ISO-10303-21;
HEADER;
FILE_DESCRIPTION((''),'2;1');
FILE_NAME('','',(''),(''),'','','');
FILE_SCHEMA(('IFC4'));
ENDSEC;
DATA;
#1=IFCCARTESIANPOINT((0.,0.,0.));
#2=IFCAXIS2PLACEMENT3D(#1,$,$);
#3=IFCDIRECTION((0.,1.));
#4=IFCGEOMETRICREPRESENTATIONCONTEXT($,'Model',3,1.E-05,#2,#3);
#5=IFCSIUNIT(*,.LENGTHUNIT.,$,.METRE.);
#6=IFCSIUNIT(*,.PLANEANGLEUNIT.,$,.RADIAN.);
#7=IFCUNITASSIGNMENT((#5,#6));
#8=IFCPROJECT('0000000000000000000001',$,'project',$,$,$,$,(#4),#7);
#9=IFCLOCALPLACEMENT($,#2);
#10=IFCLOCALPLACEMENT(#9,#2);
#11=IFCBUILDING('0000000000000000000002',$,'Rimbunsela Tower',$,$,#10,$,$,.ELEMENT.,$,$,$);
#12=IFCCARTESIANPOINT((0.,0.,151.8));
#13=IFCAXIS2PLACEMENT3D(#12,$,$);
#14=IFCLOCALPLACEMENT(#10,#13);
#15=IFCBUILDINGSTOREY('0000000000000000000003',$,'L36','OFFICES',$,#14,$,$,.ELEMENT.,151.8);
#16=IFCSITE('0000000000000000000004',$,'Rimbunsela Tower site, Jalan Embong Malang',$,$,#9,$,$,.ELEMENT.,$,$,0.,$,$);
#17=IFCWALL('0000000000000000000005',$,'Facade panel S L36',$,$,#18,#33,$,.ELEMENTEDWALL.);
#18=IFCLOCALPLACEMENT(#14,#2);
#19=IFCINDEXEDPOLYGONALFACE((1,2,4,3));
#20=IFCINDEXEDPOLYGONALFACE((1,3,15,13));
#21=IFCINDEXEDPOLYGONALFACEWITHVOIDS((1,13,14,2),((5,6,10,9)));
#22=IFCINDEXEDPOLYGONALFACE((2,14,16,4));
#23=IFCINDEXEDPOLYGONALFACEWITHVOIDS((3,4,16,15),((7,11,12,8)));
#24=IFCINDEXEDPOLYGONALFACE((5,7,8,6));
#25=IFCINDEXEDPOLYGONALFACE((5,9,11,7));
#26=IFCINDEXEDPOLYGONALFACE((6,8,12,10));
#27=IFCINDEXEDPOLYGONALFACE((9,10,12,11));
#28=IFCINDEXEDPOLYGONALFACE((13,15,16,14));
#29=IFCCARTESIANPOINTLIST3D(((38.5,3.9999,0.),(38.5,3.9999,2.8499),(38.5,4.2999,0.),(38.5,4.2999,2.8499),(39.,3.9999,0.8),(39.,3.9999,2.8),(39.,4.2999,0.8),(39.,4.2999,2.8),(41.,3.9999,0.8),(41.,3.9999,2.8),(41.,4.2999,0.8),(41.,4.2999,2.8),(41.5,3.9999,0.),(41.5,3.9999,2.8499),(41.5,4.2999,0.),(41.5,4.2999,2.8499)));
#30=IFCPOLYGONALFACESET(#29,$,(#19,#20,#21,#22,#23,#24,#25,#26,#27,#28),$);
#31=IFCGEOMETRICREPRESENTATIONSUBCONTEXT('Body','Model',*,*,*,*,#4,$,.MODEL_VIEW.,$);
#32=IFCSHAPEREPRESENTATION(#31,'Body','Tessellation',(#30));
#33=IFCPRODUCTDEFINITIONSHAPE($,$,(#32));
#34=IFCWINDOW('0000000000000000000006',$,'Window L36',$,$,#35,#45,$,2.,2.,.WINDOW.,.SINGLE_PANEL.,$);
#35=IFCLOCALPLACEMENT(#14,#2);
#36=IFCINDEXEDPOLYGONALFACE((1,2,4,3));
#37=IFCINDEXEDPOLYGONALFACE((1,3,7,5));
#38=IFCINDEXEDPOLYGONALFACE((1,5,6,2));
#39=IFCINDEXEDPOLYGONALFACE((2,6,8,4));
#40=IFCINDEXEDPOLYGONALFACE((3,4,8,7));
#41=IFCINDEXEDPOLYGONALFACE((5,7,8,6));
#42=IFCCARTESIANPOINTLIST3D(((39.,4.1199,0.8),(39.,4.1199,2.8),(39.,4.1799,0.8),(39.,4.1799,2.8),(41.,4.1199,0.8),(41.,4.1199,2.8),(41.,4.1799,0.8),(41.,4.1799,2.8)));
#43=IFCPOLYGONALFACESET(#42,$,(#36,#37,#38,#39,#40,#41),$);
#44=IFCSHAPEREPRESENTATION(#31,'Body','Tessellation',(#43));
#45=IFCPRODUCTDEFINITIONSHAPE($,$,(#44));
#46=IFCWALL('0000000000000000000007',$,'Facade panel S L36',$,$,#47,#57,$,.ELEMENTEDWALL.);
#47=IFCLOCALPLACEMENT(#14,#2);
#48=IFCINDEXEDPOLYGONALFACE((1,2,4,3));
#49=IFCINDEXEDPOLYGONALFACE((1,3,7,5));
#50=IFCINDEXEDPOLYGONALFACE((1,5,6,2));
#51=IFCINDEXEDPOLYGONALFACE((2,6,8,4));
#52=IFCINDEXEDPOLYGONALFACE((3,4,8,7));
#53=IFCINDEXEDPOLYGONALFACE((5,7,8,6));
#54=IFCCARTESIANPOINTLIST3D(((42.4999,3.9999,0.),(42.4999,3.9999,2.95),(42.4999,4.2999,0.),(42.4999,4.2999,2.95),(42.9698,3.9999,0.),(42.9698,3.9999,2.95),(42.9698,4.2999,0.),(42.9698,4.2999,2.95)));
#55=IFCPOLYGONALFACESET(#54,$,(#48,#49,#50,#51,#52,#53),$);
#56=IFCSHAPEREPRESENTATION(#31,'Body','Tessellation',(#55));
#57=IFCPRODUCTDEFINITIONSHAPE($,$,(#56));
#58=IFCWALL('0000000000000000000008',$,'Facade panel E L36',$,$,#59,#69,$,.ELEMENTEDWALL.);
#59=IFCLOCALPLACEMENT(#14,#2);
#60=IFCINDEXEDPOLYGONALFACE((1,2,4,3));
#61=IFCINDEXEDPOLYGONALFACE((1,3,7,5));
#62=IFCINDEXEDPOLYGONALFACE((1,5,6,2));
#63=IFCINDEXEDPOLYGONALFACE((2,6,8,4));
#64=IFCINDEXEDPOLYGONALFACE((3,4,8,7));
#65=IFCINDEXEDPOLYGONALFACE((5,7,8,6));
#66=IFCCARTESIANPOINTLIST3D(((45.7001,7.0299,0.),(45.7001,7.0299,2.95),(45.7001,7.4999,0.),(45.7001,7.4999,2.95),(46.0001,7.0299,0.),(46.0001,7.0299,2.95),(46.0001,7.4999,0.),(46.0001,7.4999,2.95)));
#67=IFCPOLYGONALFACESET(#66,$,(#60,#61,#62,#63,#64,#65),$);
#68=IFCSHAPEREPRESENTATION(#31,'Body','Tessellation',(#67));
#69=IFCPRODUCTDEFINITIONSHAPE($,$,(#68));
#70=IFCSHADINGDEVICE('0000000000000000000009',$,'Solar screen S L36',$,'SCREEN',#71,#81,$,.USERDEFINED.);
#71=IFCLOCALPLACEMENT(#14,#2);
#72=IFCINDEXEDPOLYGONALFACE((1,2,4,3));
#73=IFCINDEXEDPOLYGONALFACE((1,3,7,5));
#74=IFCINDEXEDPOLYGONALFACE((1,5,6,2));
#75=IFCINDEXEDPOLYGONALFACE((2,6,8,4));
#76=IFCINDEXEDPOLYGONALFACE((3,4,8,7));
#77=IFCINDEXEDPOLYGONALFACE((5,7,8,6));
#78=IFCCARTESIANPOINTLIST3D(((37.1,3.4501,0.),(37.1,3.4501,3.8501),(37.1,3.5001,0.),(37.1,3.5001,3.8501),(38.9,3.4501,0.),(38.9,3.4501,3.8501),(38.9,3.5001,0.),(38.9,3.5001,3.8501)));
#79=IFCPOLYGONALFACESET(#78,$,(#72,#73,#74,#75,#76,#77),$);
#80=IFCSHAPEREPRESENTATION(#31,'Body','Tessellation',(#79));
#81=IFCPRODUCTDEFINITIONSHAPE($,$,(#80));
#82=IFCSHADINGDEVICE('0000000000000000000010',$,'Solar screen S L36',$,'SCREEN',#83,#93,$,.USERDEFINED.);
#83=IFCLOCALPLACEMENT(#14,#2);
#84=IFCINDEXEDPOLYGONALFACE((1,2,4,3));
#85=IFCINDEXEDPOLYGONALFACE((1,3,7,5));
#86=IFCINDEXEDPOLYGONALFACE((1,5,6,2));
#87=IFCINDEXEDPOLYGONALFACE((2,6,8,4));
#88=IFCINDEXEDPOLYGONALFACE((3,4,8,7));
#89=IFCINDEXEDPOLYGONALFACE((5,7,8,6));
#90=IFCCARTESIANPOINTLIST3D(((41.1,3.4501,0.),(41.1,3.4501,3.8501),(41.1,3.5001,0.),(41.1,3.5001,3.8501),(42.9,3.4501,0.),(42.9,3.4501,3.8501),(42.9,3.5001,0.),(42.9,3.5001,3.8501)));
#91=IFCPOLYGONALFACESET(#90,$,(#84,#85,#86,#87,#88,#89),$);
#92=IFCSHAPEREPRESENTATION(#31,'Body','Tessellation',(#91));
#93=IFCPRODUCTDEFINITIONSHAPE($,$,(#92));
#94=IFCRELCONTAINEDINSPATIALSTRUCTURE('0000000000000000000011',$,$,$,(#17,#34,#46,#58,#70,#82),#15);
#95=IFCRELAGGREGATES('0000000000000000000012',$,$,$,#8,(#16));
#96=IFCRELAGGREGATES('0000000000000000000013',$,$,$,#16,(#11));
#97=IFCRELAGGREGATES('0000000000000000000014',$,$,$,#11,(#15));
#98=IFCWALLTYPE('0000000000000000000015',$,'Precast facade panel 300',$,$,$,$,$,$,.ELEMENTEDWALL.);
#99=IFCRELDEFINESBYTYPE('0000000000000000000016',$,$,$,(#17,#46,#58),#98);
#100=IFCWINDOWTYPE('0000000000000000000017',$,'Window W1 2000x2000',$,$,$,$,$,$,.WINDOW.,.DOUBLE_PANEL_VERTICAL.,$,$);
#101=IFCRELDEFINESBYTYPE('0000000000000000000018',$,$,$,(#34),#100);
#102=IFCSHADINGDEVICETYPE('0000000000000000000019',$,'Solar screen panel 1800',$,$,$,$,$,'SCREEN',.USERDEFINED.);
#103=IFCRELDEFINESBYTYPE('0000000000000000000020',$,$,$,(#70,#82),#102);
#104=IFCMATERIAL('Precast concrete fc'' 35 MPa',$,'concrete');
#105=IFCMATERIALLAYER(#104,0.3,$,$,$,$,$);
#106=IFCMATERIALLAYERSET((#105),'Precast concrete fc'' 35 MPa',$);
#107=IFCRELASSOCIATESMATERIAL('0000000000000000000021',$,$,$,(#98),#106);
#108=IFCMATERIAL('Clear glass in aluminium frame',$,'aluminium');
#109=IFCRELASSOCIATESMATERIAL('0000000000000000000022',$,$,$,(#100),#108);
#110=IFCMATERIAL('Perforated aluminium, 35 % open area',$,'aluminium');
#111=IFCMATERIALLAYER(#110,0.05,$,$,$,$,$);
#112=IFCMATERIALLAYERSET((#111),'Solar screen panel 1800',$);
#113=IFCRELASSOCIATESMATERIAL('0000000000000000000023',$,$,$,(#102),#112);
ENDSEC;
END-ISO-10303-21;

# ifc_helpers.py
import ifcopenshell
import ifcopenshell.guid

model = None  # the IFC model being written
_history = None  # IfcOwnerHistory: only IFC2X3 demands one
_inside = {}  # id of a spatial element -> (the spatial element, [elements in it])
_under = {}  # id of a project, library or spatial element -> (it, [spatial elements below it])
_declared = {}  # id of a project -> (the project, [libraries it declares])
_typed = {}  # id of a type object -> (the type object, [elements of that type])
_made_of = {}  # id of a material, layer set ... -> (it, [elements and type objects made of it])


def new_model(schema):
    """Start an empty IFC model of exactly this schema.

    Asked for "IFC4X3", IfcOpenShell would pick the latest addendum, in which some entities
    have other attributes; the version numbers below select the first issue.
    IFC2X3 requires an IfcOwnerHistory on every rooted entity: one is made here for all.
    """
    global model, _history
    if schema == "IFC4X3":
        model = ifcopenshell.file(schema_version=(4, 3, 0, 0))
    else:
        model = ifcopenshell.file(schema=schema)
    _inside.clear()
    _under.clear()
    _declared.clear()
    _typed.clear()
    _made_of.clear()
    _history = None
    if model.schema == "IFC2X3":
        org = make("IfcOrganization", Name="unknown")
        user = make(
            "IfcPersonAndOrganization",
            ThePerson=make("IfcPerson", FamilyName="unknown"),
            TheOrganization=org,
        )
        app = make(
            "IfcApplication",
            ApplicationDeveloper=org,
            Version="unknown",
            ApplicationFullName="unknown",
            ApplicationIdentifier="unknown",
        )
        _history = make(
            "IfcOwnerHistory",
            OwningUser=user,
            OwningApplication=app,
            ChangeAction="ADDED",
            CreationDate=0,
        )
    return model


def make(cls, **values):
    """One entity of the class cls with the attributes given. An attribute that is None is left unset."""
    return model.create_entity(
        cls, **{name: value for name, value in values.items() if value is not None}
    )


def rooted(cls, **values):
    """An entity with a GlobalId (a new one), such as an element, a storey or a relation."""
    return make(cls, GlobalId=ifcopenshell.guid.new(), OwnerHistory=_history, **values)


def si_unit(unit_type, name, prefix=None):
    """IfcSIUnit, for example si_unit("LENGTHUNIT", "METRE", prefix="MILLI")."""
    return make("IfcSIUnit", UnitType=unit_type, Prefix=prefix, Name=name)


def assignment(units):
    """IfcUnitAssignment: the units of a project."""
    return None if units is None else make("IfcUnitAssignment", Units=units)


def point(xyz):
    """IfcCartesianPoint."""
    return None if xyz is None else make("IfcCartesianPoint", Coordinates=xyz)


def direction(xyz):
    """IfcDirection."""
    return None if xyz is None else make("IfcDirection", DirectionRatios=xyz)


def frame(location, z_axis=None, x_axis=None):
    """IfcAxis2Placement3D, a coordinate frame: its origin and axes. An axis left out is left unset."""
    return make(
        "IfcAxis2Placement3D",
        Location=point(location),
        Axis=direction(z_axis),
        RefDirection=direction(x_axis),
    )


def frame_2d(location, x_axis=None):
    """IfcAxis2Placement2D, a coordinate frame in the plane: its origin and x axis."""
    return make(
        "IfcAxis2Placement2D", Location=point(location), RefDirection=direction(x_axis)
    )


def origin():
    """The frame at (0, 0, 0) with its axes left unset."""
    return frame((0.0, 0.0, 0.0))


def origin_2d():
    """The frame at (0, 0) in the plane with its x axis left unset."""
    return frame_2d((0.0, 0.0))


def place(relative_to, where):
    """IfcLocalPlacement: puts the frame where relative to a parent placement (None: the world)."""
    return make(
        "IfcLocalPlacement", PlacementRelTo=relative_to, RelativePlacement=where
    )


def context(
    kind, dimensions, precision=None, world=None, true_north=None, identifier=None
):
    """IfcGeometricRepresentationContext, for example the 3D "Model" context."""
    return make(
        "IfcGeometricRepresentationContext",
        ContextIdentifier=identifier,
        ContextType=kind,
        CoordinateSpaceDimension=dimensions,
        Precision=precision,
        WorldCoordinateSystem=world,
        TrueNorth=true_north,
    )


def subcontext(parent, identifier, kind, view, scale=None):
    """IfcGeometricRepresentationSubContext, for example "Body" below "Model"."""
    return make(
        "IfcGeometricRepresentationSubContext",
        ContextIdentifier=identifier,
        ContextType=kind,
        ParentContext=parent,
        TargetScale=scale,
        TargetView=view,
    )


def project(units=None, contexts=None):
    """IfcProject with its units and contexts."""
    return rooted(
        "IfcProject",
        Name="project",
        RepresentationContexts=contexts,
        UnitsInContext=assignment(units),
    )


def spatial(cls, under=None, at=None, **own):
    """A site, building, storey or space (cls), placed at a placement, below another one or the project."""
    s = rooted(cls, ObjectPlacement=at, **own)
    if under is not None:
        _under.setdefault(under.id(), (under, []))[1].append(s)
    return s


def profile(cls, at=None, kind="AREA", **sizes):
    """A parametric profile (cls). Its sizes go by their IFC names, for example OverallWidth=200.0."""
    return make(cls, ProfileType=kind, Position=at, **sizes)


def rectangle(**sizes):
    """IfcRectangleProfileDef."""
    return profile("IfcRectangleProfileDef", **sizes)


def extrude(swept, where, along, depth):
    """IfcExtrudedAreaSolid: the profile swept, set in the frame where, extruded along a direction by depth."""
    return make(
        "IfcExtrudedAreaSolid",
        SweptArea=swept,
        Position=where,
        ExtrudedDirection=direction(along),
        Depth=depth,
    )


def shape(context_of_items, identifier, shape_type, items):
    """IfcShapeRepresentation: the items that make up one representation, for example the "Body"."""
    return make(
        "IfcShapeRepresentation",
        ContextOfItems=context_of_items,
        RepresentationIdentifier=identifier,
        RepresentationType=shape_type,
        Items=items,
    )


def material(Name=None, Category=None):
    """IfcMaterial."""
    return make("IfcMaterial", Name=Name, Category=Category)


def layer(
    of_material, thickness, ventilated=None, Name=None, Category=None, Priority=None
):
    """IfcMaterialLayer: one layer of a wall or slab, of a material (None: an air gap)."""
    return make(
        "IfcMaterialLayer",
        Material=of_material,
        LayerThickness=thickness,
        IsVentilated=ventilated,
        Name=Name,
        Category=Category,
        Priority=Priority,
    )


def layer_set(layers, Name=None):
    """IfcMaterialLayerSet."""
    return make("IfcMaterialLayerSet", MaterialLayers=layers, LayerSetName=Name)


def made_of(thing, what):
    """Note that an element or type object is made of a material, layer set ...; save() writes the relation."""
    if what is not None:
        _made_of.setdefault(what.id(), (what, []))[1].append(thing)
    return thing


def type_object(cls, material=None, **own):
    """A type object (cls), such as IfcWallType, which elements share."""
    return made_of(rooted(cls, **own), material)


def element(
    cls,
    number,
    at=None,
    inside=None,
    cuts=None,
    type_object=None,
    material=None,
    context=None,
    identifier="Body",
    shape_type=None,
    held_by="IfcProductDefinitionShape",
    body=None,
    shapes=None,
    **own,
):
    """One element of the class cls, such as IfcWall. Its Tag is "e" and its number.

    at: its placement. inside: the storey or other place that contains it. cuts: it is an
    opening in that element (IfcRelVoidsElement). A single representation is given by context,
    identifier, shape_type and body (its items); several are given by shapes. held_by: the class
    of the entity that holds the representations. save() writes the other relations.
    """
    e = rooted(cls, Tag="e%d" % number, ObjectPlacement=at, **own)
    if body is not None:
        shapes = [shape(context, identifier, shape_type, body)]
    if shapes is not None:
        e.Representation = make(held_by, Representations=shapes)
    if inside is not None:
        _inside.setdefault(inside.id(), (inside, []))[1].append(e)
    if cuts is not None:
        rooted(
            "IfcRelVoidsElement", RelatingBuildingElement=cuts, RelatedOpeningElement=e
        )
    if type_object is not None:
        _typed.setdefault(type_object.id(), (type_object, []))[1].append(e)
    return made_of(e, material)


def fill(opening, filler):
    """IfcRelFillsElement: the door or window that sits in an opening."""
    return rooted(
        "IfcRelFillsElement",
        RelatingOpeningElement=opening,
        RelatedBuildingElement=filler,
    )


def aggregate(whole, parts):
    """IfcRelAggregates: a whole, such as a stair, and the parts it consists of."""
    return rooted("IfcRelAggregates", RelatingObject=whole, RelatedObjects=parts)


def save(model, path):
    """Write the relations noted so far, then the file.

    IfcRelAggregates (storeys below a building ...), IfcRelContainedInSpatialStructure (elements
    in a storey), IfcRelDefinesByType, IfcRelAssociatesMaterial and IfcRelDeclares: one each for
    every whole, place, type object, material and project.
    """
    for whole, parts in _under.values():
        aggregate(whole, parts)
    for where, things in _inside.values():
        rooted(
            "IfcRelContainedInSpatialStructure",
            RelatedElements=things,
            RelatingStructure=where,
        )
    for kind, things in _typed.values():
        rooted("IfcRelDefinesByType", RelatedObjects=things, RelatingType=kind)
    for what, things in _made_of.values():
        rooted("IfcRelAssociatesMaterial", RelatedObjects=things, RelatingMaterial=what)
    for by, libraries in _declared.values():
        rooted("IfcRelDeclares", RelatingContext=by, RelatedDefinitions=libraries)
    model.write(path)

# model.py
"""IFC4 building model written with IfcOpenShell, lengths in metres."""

from ifc_helpers import new_model, si_unit, direction, frame, frame_2d, origin, origin_2d, place, context, subcontext, project, spatial, rectangle, extrude, material, layer, layer_set, type_object, element, fill, save


model = new_model("IFC4")

# Units and contexts
model_context = context("Model", 3, precision=1e-05, world=origin(), true_north=direction((0.0, 1.0)))
body_context = subcontext(model_context, "Body", "Model", "MODEL_VIEW")
ifc_project = project(units=[si_unit("LENGTHUNIT", "METRE"), si_unit("PLANEANGLEUNIT", "RADIAN")], contexts=[model_context])

# Site, building, storey
site_placement = place(None, origin())
site = spatial("IfcSite", under=ifc_project, at=site_placement, Name="Rimbunsela Tower site, Jalan Embong Malang", CompositionType="ELEMENT", RefElevation=0.0)
building_placement = place(site_placement, origin())
building = spatial("IfcBuilding", under=site, at=building_placement, Name="Rimbunsela Tower", CompositionType="ELEMENT")
storey_placement = place(building_placement, frame((0.0, 0.0, 151.8)))
storey = spatial("IfcBuildingStorey", under=building, at=storey_placement, Name="L36", Description="OFFICES", CompositionType="ELEMENT", Elevation=151.8)

# Wall, opening, window
ifc_material_1 = material(Name="Precast concrete fc' 35 MPa", Category="concrete")
ifc_layer_1 = layer(ifc_material_1, 0.3)
ifc_layer_set_1 = layer_set([ifc_layer_1], Name="Precast concrete fc' 35 MPa")
wall_type = type_object("IfcWallType", Name="Precast facade panel 300", PredefinedType="ELEMENTEDWALL", material=ifc_layer_set_1)
wall_placement = place(storey_placement, frame((38.5, 4.1499, 0.0), z_axis=(0.0, 0.0, 1.0), x_axis=(1.0, 0.0, 0.0)))
wall = element("IfcWall", 1, at=wall_placement, inside=storey, type_object=wall_type, Name="Facade panel S L36", PredefinedType="ELEMENTEDWALL", context=body_context, shape_type="SweptSolid", body=[
    extrude(rectangle(XDim=3.0, YDim=0.3, at=frame_2d((1.5, 0.0))), origin(), (0.0, 0.0, 1.0), 2.8499),
])
opening_placement = place(wall_placement, frame((0.5, 0.0, 0.8)))
opening = element("IfcOpeningElement", 2, at=opening_placement, cuts=wall, PredefinedType="OPENING", context=body_context, shape_type="SweptSolid", body=[
    extrude(rectangle(XDim=2.0, YDim=2.0, at=frame_2d((1.0, 1.0))), frame((0.0, 0.1599, 0.0), z_axis=(0.0, -1.0, 0.0), x_axis=(1.0, 0.0, 0.0)), (0.0, 0.0, 1.0), 0.3201),
])
ifc_material_2 = material(Name="Clear glass in aluminium frame", Category="aluminium")
window_type = type_object("IfcWindowType", Name="Window W1 2000x2000", PartitioningType="DOUBLE_PANEL_VERTICAL", PredefinedType="WINDOW", material=ifc_material_2)
window_placement = place(opening_placement, origin())
window = element("IfcWindow", 3, at=window_placement, inside=storey, type_object=window_type, Name="Window L36", OverallHeight=2.0, OverallWidth=2.0, PartitioningType="SINGLE_PANEL", PredefinedType="WINDOW", context=body_context, shape_type="SweptSolid", body=[
    extrude(rectangle(XDim=2.0, YDim=2.0, at=frame_2d((1.0, 1.0))), frame((0.0, 0.03, 0.0), z_axis=(0.0, -1.0, 0.0), x_axis=(1.0, 0.0, 0.0)), (0.0, 0.0, 1.0), 0.0601),
])
fill(opening, window)

# Walls
for number, where, z_axis, x_axis, name in (
    (4, (42.5, 4.1499, 0.0), (0.0, 0.0, 1.0), (1.0, 0.0, 0.0), "Facade panel S L36"),
    (5, (45.8501, 7.03, 0.0), (0.0, 0.0, 1.0), (0.0, 1.0, 0.0), "Facade panel E L36"),
):
    element("IfcWall", number, at=place(storey_placement, frame(where, z_axis=z_axis, x_axis=x_axis)), inside=storey, type_object=wall_type, Name=name, PredefinedType="ELEMENTEDWALL", context=body_context, shape_type="SweptSolid", body=[
        extrude(rectangle(XDim=0.47, YDim=0.3, at=frame_2d((0.2349, 0.0))), origin(), (0.0, 0.0, 1.0), 2.95),
    ])

# Shading devices
ifc_material_3 = material(Name="Perforated aluminium, 35 % open area", Category="aluminium")
ifc_layer_2 = layer(ifc_material_3, 0.05)
ifc_layer_set_2 = layer_set([ifc_layer_2], Name="Solar screen panel 1800")
shading_device_type = type_object("IfcShadingDeviceType", Name="Solar screen panel 1800", ElementType="SCREEN", PredefinedType="USERDEFINED", material=ifc_layer_set_2)
for number, where, z_axis, x_axis, name in (
    (6, (38.0, 3.4751, 0.0), (0.0, 0.0, 1.0), (1.0, 0.0, 0.0), "Solar screen S L36"),
    (7, (42.0, 3.4751, 0.0), (0.0, 0.0, 1.0), (1.0, 0.0, 0.0), "Solar screen S L36"),
):
    element("IfcShadingDevice", number, at=place(storey_placement, frame(where, z_axis=z_axis, x_axis=x_axis)), inside=storey, type_object=shading_device_type, Name=name, ObjectType="SCREEN", PredefinedType="USERDEFINED", context=body_context, shape_type="SweptSolid", body=[
        extrude(rectangle(XDim=1.8, YDim=0.05, at=origin_2d()), origin(), (0.0, 0.0, 1.0), 3.8501),
    ])

save(model, "model.ifc")
